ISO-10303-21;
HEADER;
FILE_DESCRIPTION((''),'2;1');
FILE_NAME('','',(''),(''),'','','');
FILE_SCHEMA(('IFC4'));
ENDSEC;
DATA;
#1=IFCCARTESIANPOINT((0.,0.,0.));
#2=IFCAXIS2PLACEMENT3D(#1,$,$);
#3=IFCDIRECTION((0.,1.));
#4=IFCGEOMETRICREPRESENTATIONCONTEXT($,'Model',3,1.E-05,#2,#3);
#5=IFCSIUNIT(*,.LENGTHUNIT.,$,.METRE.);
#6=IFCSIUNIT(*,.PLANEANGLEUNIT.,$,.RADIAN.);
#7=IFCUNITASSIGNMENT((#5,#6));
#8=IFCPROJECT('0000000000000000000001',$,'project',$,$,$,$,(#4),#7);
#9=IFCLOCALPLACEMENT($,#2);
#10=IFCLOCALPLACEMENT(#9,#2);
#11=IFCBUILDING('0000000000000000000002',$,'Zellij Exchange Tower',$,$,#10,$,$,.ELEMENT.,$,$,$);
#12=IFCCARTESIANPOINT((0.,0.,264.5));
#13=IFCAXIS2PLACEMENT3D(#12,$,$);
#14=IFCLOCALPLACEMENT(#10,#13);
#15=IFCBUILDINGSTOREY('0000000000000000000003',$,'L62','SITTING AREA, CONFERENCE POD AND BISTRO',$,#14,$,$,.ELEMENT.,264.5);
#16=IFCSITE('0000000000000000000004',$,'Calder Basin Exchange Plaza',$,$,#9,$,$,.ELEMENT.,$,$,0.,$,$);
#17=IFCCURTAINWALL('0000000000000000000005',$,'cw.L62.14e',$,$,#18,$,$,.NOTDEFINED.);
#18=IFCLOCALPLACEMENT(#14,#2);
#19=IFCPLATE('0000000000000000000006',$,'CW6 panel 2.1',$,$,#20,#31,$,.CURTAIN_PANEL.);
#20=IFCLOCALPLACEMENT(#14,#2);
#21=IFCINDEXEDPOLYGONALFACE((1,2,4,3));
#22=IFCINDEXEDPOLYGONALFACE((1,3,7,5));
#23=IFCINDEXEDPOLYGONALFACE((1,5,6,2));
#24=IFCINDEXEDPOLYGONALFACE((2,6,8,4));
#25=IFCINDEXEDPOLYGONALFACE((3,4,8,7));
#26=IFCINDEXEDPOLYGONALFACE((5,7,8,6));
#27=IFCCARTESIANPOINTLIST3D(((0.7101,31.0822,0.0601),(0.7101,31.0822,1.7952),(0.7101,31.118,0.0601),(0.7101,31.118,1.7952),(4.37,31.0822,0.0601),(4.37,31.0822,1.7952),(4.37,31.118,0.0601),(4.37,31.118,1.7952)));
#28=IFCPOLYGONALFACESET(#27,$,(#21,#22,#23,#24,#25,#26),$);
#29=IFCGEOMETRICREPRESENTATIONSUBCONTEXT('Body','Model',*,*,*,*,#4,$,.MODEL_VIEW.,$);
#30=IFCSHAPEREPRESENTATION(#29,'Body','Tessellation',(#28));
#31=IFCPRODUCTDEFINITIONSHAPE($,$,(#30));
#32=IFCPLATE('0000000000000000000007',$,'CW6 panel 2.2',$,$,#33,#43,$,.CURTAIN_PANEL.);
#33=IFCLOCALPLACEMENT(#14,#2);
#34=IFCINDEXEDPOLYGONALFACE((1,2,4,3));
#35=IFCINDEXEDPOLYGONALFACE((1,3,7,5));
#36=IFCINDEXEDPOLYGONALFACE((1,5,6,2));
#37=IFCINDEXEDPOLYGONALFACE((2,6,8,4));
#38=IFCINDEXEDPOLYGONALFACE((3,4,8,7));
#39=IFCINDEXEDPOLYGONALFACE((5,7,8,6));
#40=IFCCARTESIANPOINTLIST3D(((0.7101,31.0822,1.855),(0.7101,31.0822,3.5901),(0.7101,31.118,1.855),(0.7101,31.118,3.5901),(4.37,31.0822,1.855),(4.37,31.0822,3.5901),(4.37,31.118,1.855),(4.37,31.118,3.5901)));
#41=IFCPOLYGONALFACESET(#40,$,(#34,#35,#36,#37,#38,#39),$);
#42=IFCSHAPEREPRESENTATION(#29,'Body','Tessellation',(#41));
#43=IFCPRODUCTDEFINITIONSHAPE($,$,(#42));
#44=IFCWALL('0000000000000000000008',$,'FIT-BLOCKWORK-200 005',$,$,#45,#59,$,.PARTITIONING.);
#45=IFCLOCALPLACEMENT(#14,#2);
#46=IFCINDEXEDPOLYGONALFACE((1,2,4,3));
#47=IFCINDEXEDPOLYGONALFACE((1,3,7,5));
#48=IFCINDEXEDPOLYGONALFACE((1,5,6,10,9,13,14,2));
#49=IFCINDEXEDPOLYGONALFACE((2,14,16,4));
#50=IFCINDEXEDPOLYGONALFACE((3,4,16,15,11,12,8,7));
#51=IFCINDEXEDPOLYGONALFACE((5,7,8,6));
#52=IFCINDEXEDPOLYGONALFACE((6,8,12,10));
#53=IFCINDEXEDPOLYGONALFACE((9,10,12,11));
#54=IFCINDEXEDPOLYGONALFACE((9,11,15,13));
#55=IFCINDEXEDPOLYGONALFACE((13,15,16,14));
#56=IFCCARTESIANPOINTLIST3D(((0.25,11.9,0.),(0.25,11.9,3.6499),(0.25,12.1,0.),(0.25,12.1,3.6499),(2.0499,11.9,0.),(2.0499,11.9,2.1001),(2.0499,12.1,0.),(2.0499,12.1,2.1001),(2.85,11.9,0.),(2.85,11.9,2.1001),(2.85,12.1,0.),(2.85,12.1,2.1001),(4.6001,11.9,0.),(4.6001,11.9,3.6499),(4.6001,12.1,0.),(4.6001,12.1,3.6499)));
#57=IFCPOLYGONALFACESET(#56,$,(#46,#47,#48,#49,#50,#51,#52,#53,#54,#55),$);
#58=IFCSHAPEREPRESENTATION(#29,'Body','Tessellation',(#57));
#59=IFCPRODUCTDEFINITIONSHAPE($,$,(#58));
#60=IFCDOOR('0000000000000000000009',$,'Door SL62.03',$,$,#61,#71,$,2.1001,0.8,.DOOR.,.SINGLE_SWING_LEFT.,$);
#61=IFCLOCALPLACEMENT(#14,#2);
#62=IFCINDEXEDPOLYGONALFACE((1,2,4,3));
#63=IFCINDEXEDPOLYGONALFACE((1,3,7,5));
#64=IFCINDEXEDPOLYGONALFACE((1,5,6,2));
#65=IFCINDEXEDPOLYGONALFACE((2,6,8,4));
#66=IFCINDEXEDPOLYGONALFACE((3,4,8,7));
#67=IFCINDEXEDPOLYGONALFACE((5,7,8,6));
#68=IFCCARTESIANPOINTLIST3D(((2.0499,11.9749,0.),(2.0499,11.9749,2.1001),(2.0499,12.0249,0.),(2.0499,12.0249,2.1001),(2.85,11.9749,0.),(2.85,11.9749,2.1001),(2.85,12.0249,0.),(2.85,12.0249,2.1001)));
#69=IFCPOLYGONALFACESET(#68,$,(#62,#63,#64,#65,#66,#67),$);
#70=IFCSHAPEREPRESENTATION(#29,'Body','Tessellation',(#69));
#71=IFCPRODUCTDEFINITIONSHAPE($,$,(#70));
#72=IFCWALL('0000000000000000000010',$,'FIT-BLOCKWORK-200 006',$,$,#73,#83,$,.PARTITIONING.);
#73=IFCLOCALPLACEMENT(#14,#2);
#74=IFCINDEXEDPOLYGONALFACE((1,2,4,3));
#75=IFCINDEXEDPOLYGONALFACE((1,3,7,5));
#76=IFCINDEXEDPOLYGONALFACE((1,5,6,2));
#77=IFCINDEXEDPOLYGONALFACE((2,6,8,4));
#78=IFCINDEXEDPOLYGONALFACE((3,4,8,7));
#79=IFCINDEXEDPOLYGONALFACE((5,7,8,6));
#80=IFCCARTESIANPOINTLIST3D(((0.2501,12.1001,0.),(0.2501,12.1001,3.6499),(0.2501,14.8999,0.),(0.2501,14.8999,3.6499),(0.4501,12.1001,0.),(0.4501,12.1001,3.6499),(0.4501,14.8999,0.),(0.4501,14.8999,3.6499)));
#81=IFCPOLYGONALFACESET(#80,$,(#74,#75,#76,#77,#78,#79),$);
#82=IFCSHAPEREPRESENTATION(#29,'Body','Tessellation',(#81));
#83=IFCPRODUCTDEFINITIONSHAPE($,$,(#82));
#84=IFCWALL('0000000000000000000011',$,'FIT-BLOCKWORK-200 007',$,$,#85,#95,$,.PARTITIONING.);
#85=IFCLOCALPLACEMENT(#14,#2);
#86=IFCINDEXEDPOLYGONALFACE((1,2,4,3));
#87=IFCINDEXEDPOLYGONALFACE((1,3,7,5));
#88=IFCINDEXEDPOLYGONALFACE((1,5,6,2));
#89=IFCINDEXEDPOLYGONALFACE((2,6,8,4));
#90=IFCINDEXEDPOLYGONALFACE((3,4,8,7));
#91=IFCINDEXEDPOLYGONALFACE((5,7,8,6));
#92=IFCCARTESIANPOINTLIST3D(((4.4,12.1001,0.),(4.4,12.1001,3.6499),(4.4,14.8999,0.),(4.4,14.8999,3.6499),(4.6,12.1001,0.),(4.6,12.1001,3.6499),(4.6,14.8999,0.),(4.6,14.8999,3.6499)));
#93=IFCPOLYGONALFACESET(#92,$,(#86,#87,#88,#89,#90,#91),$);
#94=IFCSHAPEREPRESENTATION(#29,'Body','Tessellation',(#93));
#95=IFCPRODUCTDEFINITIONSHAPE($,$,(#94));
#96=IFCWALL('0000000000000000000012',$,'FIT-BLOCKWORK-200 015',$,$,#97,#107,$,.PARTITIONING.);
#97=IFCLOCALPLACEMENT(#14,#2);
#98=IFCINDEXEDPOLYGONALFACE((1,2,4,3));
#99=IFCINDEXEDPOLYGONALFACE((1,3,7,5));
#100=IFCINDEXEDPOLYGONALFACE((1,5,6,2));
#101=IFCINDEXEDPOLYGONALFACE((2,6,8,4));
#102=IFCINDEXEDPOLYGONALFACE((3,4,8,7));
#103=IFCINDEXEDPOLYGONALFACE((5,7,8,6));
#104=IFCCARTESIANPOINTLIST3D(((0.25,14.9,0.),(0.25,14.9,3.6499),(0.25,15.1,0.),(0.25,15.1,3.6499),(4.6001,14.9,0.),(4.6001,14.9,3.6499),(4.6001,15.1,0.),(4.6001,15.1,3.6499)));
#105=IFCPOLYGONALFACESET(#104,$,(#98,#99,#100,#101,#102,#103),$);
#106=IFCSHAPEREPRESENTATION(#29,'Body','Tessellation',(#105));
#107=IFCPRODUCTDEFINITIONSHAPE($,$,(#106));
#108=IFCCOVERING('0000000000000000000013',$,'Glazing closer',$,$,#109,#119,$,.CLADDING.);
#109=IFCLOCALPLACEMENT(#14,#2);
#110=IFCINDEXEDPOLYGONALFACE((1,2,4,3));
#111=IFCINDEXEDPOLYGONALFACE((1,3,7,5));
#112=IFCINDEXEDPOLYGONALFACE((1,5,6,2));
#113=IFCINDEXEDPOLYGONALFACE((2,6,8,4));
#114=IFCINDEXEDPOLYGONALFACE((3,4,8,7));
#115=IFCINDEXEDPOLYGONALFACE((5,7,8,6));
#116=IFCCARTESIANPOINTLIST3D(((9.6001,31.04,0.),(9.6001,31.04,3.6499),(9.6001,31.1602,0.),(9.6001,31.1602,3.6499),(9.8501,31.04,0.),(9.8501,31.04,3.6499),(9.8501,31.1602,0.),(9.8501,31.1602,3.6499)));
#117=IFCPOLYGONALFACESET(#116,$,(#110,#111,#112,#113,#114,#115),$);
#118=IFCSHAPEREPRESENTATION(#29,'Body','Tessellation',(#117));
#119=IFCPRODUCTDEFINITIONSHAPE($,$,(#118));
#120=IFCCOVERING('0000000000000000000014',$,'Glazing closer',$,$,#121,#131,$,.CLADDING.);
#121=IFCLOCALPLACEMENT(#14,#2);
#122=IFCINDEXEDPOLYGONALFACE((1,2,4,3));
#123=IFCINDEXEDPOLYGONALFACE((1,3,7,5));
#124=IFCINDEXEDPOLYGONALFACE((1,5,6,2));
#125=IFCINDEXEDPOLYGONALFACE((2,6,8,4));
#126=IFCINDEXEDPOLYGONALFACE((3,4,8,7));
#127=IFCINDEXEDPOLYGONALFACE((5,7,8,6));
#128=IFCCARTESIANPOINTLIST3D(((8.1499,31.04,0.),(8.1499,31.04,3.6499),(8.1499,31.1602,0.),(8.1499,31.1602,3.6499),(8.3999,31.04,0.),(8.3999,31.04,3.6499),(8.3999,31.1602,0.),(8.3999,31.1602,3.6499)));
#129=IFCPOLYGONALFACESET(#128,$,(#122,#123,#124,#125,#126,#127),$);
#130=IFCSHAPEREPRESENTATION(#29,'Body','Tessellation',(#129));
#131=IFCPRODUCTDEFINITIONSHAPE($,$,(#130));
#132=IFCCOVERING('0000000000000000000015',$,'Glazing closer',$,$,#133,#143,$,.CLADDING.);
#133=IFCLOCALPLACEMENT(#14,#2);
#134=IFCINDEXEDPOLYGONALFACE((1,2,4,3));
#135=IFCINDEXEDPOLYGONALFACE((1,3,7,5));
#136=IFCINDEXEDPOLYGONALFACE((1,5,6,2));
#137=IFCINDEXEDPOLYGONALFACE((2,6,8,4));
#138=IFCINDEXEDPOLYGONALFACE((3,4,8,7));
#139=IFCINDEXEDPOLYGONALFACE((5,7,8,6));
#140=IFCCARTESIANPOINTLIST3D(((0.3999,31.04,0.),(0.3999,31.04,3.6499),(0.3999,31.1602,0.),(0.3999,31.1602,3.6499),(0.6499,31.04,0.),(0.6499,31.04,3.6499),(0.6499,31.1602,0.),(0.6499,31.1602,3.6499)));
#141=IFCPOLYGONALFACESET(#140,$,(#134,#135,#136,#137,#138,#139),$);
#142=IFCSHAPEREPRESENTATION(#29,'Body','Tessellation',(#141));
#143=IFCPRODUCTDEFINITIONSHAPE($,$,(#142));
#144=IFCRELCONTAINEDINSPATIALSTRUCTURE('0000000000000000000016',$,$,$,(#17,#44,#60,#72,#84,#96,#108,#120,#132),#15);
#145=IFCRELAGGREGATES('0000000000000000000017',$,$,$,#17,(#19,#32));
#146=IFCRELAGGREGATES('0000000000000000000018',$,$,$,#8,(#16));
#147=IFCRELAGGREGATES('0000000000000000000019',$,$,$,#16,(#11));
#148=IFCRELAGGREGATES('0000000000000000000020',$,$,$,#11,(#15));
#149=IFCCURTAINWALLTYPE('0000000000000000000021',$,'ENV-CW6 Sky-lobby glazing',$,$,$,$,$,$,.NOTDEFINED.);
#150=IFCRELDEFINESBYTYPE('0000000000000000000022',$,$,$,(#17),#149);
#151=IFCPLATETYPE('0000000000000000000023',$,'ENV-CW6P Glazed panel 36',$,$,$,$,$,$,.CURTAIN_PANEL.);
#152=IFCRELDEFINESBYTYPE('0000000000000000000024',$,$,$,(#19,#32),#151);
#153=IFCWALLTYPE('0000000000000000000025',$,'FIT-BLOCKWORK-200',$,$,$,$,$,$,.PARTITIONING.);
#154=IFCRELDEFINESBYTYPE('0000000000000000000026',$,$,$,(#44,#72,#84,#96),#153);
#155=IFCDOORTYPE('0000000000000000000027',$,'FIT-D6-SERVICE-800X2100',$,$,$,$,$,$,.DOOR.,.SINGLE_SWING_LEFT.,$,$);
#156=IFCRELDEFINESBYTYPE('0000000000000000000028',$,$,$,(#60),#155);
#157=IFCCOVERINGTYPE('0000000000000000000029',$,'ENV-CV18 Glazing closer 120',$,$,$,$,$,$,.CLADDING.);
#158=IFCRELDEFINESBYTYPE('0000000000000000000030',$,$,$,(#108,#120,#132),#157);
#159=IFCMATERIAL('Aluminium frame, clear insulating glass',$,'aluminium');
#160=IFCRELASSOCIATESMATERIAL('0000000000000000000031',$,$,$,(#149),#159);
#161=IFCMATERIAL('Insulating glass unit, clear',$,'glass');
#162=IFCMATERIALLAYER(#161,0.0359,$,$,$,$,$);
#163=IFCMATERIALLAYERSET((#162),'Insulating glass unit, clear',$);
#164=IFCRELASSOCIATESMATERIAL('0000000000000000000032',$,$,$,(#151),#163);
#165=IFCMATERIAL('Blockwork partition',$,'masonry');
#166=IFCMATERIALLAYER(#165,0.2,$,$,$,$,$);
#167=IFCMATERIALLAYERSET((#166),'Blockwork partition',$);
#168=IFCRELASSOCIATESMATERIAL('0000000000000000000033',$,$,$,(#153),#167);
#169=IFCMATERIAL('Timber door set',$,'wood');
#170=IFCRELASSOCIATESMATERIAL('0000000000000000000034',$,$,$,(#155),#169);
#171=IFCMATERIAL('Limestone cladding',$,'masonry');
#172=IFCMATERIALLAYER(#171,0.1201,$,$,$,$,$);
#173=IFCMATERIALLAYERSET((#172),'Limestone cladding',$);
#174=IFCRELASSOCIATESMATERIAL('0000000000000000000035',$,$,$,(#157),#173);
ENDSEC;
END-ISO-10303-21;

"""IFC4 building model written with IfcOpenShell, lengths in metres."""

from ifc_helpers import new_model, si_unit, direction, frame, frame_2d, origin, origin_2d, place, context, subcontext, project, spatial, rectangle, extrude, material, layer, layer_set, type_object, element, fill, aggregate, save


model = new_model("IFC4")

# Units and contexts
model_context = context("Model", 3, precision=1e-05, world=origin(), true_north=direction((0.0, 1.0)))
body_context = subcontext(model_context, "Body", "Model", "MODEL_VIEW")
ifc_project = project(units=[si_unit("LENGTHUNIT", "METRE"), si_unit("PLANEANGLEUNIT", "RADIAN")], contexts=[model_context])

# Site, building, storey
site_placement = place(None, origin())
site = spatial("IfcSite", under=ifc_project, at=site_placement, Name="Calder Basin Exchange Plaza", CompositionType="ELEMENT", RefElevation=0.0)
building_placement = place(site_placement, origin())
building = spatial("IfcBuilding", under=site, at=building_placement, Name="Zellij Exchange Tower", CompositionType="ELEMENT")
storey_placement = place(building_placement, frame((0.0, 0.0, 264.5)))
storey = spatial("IfcBuildingStorey", under=building, at=storey_placement, Name="L62", Description="SITTING AREA, CONFERENCE POD AND BISTRO", CompositionType="ELEMENT", Elevation=264.5)

# Shared definitions
ifc_material_1 = material(Name="Aluminium frame, clear insulating glass", Category="aluminium")
curtain_wall_type = type_object("IfcCurtainWallType", Name="ENV-CW6 Sky-lobby glazing", PredefinedType="NOTDEFINED", material=ifc_material_1)

# Curtain wall
curtain_wall_1_placement = place(storey_placement, origin())
curtain_wall_1 = element("IfcCurtainWall", 1, at=curtain_wall_1_placement, inside=storey, type_object=curtain_wall_type, Name="cw.L62.14e", PredefinedType="NOTDEFINED")

# Plates
ifc_material_2 = material(Name="Insulating glass unit, clear", Category="glass")
ifc_layer_1 = layer(ifc_material_2, 0.0359)
ifc_layer_set_1 = layer_set([ifc_layer_1], Name="Insulating glass unit, clear")
plate_type = type_object("IfcPlateType", Name="ENV-CW6P Glazed panel 36", PredefinedType="CURTAIN_PANEL", material=ifc_layer_set_1)
plate_1_placement = place(storey_placement, frame((2.54, 31.1001, 0.0601), z_axis=(0.0, 0.0, 1.0), x_axis=(-1.0, 0.0, 0.0)))
plate_1 = element("IfcPlate", 2, at=plate_1_placement, type_object=plate_type, Name="CW6 panel 2.1", PredefinedType="CURTAIN_PANEL", context=body_context, shape_type="SweptSolid", body=[
    extrude(rectangle(XDim=3.6599, YDim=0.0359, at=origin_2d()), origin(), (0.0, 0.0, 1.0), 1.7351),
])
plate_2_placement = place(storey_placement, frame((2.54, 31.1001, 1.855), z_axis=(0.0, 0.0, 1.0), x_axis=(-1.0, 0.0, 0.0)))
plate_2 = element("IfcPlate", 3, at=plate_2_placement, type_object=plate_type, Name="CW6 panel 2.2", PredefinedType="CURTAIN_PANEL", context=body_context, shape_type="SweptSolid", body=[
    extrude(rectangle(XDim=3.6599, YDim=0.0359, at=origin_2d()), origin(), (0.0, 0.0, 1.0), 1.7351),
])
aggregate(curtain_wall_1, [plate_1, plate_2])

# Wall, opening, door
ifc_material_3 = material(Name="Blockwork partition", Category="masonry")
ifc_layer_2 = layer(ifc_material_3, 0.2)
ifc_layer_set_2 = layer_set([ifc_layer_2], Name="Blockwork partition")
wall_type = type_object("IfcWallType", Name="FIT-BLOCKWORK-200", PredefinedType="PARTITIONING", material=ifc_layer_set_2)
wall_1_placement = place(storey_placement, frame((0.25, 12.0, 0.0), z_axis=(0.0, 0.0, 1.0), x_axis=(1.0, 0.0, 0.0)))
wall_1 = element("IfcWall", 4, at=wall_1_placement, inside=storey, type_object=wall_type, Name="FIT-BLOCKWORK-200 005", PredefinedType="PARTITIONING", context=body_context, shape_type="SweptSolid", body=[
    extrude(rectangle(XDim=4.3501, YDim=0.2, at=frame_2d((2.175, 0.0))), origin(), (0.0, 0.0, 1.0), 3.6499),
])
opening_placement = place(wall_1_placement, frame((1.8, 0.0, 0.0)))
opening = element("IfcOpeningElement", 5, at=opening_placement, cuts=wall_1, PredefinedType="OPENING", context=body_context, shape_type="SweptSolid", body=[
    extrude(rectangle(XDim=0.8, YDim=2.1001, at=frame_2d((0.3999, 1.05))), frame((0.0, 0.1118, 0.0), z_axis=(0.0, -1.0, 0.0), x_axis=(1.0, 0.0, 0.0)), (0.0, 0.0, 1.0), 0.2239),
])
ifc_material_4 = material(Name="Timber door set", Category="wood")
door_type = type_object("IfcDoorType", Name="FIT-D6-SERVICE-800X2100", OperationType="SINGLE_SWING_LEFT", PredefinedType="DOOR", material=ifc_material_4)
door_placement = place(opening_placement, origin())
door = element("IfcDoor", 6, at=door_placement, inside=storey, type_object=door_type, Name="Door SL62.03", OperationType="SINGLE_SWING_LEFT", OverallHeight=2.1001, OverallWidth=0.8, PredefinedType="DOOR", context=body_context, shape_type="SweptSolid", body=[
    extrude(rectangle(XDim=0.8, YDim=2.1001, at=frame_2d((0.3999, 1.05))), frame((0.0, 0.0249, 0.0), z_axis=(0.0, -1.0, 0.0), x_axis=(1.0, 0.0, 0.0)), (0.0, 0.0, 1.0), 0.05),
])
fill(opening, door)

# Walls
for number, where, z_axis, x_axis, name in (
    (7, (0.3501, 12.1001, 0.0), (0.0, 0.0, 1.0), (0.0, 1.0, 0.0), "FIT-BLOCKWORK-200 006"),
    (8, (4.5, 12.1001, 0.0), (0.0, 0.0, 1.0), (0.0, 1.0, 0.0), "FIT-BLOCKWORK-200 007"),
):
    element("IfcWall", number, at=place(storey_placement, frame(where, z_axis=z_axis, x_axis=x_axis)), inside=storey, type_object=wall_type, Name=name, PredefinedType="PARTITIONING", context=body_context, shape_type="SweptSolid", body=[
        extrude(rectangle(XDim=2.7998, YDim=0.2, at=frame_2d((1.3999, 0.0))), origin(), (0.0, 0.0, 1.0), 3.6499),
    ])
wall_2_placement = place(storey_placement, frame((0.25, 15.0, 0.0), z_axis=(0.0, 0.0, 1.0), x_axis=(1.0, 0.0, 0.0)))
element("IfcWall", 9, at=wall_2_placement, inside=storey, type_object=wall_type, Name="FIT-BLOCKWORK-200 015", PredefinedType="PARTITIONING", context=body_context, shape_type="SweptSolid", body=[
    extrude(rectangle(XDim=4.3501, YDim=0.2, at=frame_2d((2.175, 0.0))), origin(), (0.0, 0.0, 1.0), 3.6499),
])

# Coverings
ifc_material_5 = material(Name="Limestone cladding", Category="masonry")
ifc_layer_3 = layer(ifc_material_5, 0.1201)
ifc_layer_set_3 = layer_set([ifc_layer_3], Name="Limestone cladding")
covering_type = type_object("IfcCoveringType", Name="ENV-CV18 Glazing closer 120", PredefinedType="CLADDING", material=ifc_layer_set_3)
for number, where, z_axis, x_axis, name in (
    (10, (9.7251, 31.1001, 0.0), (0.0, 0.0, 1.0), (-1.0, 0.0, 0.0), "Glazing closer"),
    (11, (8.2749, 31.1001, 0.0), (0.0, 0.0, 1.0), (1.0, 0.0, 0.0), "Glazing closer"),
    (12, (0.5249, 31.1001, 0.0), (0.0, 0.0, 1.0), (-1.0, 0.0, 0.0), "Glazing closer"),
):
    element("IfcCovering", number, at=place(storey_placement, frame(where, z_axis=z_axis, x_axis=x_axis)), inside=storey, type_object=covering_type, Name=name, PredefinedType="CLADDING", context=body_context, shape_type="SweptSolid", body=[
        extrude(rectangle(XDim=0.25, YDim=0.1201, at=origin_2d()), origin(), (0.0, 0.0, 1.0), 3.6499),
    ])

save(model, "model.ifc")
